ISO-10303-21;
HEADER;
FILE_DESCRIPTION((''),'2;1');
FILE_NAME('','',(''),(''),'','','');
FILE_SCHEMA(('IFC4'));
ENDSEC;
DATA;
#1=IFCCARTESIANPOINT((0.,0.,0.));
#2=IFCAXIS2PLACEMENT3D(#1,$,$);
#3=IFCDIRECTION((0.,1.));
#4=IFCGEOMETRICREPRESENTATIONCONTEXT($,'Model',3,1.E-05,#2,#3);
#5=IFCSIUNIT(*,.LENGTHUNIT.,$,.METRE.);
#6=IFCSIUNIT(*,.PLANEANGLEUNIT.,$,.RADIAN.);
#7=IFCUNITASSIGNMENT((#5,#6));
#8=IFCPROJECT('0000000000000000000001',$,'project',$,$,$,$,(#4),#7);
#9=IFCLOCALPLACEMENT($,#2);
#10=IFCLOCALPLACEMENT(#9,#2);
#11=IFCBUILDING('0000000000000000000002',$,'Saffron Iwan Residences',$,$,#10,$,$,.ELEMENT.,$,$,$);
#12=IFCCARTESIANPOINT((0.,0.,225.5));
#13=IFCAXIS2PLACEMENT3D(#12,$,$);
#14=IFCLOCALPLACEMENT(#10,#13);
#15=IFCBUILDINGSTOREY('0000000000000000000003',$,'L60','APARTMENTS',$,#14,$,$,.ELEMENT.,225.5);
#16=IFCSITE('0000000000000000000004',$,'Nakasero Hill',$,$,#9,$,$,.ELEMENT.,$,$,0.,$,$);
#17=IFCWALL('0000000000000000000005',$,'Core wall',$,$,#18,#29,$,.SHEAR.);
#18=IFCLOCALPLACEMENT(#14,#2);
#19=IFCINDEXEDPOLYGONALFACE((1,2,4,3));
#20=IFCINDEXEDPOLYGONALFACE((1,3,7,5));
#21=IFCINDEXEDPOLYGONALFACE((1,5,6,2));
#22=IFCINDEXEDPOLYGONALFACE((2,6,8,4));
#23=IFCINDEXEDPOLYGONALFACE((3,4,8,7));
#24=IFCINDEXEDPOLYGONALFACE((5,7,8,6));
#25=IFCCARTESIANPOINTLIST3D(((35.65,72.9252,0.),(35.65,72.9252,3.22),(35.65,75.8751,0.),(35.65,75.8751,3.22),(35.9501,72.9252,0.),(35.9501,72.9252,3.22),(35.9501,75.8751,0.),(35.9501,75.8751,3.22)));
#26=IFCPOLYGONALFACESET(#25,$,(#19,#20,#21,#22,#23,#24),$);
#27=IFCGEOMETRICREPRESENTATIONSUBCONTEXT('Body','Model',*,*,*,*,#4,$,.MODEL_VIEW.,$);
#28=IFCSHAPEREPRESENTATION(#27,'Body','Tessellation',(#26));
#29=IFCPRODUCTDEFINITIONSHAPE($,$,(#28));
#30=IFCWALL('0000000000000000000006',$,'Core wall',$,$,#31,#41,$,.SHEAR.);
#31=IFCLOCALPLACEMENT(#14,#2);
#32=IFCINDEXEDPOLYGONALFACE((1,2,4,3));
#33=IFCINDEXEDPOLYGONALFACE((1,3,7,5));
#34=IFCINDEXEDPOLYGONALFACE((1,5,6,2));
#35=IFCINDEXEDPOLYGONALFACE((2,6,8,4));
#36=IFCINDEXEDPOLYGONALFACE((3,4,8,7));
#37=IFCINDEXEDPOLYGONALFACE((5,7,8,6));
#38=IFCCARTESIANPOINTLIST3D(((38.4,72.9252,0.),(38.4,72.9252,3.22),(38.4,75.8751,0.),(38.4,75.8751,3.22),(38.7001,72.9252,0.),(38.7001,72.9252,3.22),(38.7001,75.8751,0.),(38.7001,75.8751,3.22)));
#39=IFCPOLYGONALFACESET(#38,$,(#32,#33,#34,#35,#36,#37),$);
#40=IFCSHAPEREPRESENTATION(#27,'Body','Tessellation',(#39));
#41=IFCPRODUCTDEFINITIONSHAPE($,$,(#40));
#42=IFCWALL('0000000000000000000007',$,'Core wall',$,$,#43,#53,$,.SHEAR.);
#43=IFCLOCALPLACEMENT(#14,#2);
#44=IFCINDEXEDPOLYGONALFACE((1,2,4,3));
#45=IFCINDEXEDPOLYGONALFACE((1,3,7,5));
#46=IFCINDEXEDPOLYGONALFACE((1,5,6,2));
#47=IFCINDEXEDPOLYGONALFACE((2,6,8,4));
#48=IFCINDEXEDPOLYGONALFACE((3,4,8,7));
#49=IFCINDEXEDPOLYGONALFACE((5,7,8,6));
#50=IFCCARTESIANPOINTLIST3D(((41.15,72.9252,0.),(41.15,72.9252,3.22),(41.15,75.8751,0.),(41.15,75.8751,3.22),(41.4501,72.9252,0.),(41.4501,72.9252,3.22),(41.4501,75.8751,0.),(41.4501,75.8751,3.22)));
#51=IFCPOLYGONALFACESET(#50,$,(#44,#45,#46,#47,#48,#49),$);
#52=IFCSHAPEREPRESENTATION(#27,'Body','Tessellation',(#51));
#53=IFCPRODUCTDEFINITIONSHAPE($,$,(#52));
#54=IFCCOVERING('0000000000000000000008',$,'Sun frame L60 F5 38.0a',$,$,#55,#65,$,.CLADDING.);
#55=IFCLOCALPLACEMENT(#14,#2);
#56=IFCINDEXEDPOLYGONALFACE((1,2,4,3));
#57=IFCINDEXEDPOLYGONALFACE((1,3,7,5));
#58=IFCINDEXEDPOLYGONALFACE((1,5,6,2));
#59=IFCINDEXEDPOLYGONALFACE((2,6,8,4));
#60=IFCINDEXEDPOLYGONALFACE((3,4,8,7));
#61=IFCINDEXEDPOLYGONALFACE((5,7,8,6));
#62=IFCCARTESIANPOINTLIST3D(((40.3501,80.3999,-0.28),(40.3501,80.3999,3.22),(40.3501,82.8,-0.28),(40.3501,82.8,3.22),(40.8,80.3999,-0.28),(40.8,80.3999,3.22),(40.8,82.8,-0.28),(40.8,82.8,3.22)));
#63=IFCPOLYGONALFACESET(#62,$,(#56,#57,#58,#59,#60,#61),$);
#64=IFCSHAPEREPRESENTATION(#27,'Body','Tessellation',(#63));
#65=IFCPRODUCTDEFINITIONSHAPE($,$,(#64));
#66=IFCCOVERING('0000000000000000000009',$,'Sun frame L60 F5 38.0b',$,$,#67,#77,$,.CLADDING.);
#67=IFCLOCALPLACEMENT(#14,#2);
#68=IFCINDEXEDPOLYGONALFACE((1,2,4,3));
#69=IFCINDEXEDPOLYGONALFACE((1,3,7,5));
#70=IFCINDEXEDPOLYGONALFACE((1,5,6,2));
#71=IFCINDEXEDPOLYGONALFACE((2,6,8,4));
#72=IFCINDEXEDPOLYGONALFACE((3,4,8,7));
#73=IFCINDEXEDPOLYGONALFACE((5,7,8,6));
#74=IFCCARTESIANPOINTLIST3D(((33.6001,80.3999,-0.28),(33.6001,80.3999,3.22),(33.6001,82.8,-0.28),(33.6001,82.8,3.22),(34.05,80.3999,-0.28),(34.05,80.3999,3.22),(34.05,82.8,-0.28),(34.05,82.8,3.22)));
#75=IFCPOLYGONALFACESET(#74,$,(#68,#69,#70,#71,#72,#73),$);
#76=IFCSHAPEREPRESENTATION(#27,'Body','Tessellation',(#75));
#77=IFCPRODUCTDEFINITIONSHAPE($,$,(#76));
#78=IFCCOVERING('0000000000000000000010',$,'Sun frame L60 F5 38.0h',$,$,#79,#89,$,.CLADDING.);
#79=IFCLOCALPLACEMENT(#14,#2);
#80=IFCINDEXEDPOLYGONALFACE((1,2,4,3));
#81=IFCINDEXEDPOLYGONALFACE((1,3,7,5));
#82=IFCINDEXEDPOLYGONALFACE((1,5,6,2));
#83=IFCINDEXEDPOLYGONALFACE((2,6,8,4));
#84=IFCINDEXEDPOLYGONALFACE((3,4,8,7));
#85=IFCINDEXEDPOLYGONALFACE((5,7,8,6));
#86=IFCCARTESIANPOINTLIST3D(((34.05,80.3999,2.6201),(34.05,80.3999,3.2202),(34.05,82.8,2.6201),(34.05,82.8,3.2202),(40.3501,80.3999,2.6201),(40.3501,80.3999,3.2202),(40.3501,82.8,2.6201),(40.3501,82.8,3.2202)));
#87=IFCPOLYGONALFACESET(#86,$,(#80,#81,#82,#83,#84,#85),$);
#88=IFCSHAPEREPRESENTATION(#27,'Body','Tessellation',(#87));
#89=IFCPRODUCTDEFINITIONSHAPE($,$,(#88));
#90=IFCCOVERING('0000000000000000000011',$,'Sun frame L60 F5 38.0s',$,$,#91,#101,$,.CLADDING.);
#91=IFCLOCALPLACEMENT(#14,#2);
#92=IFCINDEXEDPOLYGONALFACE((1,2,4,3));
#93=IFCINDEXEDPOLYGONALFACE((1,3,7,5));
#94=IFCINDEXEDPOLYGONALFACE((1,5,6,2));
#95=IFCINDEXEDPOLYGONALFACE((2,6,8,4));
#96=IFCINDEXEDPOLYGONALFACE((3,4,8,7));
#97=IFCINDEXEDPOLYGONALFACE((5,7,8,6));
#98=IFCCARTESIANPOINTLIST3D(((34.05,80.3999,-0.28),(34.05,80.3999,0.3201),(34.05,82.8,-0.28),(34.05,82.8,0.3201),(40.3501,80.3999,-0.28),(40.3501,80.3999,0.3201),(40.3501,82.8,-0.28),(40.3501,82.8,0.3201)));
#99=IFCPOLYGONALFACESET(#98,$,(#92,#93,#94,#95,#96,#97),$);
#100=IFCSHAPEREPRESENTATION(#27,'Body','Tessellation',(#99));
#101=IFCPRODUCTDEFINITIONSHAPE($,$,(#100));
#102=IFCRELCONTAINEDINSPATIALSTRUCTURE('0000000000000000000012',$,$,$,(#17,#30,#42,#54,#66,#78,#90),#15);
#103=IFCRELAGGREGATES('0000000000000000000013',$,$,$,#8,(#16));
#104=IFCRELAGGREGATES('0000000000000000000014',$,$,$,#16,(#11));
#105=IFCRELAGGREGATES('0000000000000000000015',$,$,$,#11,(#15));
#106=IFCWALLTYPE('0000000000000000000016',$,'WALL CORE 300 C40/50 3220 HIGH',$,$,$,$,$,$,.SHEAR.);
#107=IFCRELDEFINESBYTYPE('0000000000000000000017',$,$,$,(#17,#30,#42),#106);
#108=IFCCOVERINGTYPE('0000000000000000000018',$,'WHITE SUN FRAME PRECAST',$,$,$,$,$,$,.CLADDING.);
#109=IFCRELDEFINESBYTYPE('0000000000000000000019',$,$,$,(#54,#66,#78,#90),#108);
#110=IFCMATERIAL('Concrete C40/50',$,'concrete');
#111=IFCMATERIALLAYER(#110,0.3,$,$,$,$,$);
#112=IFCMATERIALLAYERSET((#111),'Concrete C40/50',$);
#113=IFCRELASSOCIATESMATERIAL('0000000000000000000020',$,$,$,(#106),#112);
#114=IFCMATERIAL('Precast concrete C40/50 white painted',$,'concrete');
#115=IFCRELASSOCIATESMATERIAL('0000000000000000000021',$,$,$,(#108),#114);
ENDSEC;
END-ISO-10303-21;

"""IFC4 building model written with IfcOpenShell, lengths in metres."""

from ifc_helpers import new_model, si_unit, direction, frame, frame_2d, origin, place, context, subcontext, project, spatial, polyline, rectangle, outline, extrude, material, layer, layer_set, type_object, element, save


model = new_model("IFC4")

# Units and contexts
model_context = context("Model", 3, precision=1e-05, world=origin(), true_north=direction((0.0, 1.0)))
body_context = subcontext(model_context, "Body", "Model", "MODEL_VIEW")
ifc_project = project(units=[si_unit("LENGTHUNIT", "METRE"), si_unit("PLANEANGLEUNIT", "RADIAN")], contexts=[model_context])

# Site, building, storey
site_placement = place(None, origin())
site = spatial("IfcSite", under=ifc_project, at=site_placement, Name="Nakasero Hill", CompositionType="ELEMENT", RefElevation=0.0)
building_placement = place(site_placement, origin())
building = spatial("IfcBuilding", under=site, at=building_placement, Name="Saffron Iwan Residences", CompositionType="ELEMENT")
storey_placement = place(building_placement, frame((0.0, 0.0, 225.5)))
storey = spatial("IfcBuildingStorey", under=building, at=storey_placement, Name="L60", Description="APARTMENTS", CompositionType="ELEMENT", Elevation=225.5)

# Shared definitions
ifc_material_1 = material(Name="Concrete C40/50", Category="concrete")

# Shared definitions
ifc_layer_1 = layer(ifc_material_1, 0.3)
ifc_layer_set_1 = layer_set([ifc_layer_1], Name="Concrete C40/50")
wall_type_1 = type_object("IfcWallType", Name="WALL CORE 300 C40/50 3220 HIGH", PredefinedType="SHEAR", material=ifc_layer_set_1)

# Walls
for number, where, z_axis, x_axis, name in (
    (1, (35.8, 72.925, 0.0), (0.0, 0.0, 1.0), (0.0, 1.0, 0.0), "Core wall"),
    (2, (38.55, 72.925, 0.0), (0.0, 0.0, 1.0), (0.0, 1.0, 0.0), "Core wall"),
    (3, (41.3, 72.925, 0.0), (0.0, 0.0, 1.0), (0.0, 1.0, 0.0), "Core wall"),
):
    element("IfcWall", number, at=place(storey_placement, frame(where, z_axis=z_axis, x_axis=x_axis)), inside=storey, type_object=wall_type_1, Name=name, PredefinedType="SHEAR", context=body_context, shape_type="SweptSolid", body=[
        extrude(rectangle(XDim=2.95, YDim=0.3, at=frame_2d((1.4751, 0.0))), origin(), (0.0, 0.0, 1.0), 3.22),
    ])

# Coverings
ifc_material_2 = material(Name="Precast concrete C40/50 white painted", Category="concrete")
covering_type = type_object("IfcCoveringType", Name="WHITE SUN FRAME PRECAST", PredefinedType="CLADDING", material=ifc_material_2)
for number, where, z_axis, x_axis, name in (
    (4, (40.8, 80.3999, -0.28), (0.0, 1.0, 0.0), (-1.0, 0.0, 0.0), "Sun frame L60 F5 38.0a"),
    (5, (34.05, 80.3999, -0.28), (0.0, 1.0, 0.0), (-1.0, 0.0, 0.0), "Sun frame L60 F5 38.0b"),
):
    element("IfcCovering", number, at=place(storey_placement, frame(where, z_axis=z_axis, x_axis=x_axis)), inside=storey, type_object=covering_type, Name=name, PredefinedType="CLADDING", context=body_context, shape_type="SweptSolid", body=[
        extrude(outline(polyline([(0.0, 0.0), (0.45, 0.0), (0.45, 3.5), (0.0, 3.5), (0.0, 0.0)])), origin(), (0.0, 0.0, 1.0), 2.4001),
    ])
for number, where, z_axis, x_axis, name in (
    (6, (40.3501, 80.3999, 2.6201), (0.0, 1.0, 0.0), (-1.0, 0.0, 0.0), "Sun frame L60 F5 38.0h"),
    (7, (40.3501, 80.3999, -0.28), (0.0, 1.0, 0.0), (-1.0, 0.0, 0.0), "Sun frame L60 F5 38.0s"),
):
    element("IfcCovering", number, at=place(storey_placement, frame(where, z_axis=z_axis, x_axis=x_axis)), inside=storey, type_object=covering_type, Name=name, PredefinedType="CLADDING", context=body_context, shape_type="SweptSolid", body=[
        extrude(outline(polyline([(0.0, 0.0), (6.3, 0.0), (6.3, 0.6001), (0.0, 0.6001), (0.0, 0.0)])), origin(), (0.0, 0.0, 1.0), 2.4001),
    ])

save(model, "model.ifc")
